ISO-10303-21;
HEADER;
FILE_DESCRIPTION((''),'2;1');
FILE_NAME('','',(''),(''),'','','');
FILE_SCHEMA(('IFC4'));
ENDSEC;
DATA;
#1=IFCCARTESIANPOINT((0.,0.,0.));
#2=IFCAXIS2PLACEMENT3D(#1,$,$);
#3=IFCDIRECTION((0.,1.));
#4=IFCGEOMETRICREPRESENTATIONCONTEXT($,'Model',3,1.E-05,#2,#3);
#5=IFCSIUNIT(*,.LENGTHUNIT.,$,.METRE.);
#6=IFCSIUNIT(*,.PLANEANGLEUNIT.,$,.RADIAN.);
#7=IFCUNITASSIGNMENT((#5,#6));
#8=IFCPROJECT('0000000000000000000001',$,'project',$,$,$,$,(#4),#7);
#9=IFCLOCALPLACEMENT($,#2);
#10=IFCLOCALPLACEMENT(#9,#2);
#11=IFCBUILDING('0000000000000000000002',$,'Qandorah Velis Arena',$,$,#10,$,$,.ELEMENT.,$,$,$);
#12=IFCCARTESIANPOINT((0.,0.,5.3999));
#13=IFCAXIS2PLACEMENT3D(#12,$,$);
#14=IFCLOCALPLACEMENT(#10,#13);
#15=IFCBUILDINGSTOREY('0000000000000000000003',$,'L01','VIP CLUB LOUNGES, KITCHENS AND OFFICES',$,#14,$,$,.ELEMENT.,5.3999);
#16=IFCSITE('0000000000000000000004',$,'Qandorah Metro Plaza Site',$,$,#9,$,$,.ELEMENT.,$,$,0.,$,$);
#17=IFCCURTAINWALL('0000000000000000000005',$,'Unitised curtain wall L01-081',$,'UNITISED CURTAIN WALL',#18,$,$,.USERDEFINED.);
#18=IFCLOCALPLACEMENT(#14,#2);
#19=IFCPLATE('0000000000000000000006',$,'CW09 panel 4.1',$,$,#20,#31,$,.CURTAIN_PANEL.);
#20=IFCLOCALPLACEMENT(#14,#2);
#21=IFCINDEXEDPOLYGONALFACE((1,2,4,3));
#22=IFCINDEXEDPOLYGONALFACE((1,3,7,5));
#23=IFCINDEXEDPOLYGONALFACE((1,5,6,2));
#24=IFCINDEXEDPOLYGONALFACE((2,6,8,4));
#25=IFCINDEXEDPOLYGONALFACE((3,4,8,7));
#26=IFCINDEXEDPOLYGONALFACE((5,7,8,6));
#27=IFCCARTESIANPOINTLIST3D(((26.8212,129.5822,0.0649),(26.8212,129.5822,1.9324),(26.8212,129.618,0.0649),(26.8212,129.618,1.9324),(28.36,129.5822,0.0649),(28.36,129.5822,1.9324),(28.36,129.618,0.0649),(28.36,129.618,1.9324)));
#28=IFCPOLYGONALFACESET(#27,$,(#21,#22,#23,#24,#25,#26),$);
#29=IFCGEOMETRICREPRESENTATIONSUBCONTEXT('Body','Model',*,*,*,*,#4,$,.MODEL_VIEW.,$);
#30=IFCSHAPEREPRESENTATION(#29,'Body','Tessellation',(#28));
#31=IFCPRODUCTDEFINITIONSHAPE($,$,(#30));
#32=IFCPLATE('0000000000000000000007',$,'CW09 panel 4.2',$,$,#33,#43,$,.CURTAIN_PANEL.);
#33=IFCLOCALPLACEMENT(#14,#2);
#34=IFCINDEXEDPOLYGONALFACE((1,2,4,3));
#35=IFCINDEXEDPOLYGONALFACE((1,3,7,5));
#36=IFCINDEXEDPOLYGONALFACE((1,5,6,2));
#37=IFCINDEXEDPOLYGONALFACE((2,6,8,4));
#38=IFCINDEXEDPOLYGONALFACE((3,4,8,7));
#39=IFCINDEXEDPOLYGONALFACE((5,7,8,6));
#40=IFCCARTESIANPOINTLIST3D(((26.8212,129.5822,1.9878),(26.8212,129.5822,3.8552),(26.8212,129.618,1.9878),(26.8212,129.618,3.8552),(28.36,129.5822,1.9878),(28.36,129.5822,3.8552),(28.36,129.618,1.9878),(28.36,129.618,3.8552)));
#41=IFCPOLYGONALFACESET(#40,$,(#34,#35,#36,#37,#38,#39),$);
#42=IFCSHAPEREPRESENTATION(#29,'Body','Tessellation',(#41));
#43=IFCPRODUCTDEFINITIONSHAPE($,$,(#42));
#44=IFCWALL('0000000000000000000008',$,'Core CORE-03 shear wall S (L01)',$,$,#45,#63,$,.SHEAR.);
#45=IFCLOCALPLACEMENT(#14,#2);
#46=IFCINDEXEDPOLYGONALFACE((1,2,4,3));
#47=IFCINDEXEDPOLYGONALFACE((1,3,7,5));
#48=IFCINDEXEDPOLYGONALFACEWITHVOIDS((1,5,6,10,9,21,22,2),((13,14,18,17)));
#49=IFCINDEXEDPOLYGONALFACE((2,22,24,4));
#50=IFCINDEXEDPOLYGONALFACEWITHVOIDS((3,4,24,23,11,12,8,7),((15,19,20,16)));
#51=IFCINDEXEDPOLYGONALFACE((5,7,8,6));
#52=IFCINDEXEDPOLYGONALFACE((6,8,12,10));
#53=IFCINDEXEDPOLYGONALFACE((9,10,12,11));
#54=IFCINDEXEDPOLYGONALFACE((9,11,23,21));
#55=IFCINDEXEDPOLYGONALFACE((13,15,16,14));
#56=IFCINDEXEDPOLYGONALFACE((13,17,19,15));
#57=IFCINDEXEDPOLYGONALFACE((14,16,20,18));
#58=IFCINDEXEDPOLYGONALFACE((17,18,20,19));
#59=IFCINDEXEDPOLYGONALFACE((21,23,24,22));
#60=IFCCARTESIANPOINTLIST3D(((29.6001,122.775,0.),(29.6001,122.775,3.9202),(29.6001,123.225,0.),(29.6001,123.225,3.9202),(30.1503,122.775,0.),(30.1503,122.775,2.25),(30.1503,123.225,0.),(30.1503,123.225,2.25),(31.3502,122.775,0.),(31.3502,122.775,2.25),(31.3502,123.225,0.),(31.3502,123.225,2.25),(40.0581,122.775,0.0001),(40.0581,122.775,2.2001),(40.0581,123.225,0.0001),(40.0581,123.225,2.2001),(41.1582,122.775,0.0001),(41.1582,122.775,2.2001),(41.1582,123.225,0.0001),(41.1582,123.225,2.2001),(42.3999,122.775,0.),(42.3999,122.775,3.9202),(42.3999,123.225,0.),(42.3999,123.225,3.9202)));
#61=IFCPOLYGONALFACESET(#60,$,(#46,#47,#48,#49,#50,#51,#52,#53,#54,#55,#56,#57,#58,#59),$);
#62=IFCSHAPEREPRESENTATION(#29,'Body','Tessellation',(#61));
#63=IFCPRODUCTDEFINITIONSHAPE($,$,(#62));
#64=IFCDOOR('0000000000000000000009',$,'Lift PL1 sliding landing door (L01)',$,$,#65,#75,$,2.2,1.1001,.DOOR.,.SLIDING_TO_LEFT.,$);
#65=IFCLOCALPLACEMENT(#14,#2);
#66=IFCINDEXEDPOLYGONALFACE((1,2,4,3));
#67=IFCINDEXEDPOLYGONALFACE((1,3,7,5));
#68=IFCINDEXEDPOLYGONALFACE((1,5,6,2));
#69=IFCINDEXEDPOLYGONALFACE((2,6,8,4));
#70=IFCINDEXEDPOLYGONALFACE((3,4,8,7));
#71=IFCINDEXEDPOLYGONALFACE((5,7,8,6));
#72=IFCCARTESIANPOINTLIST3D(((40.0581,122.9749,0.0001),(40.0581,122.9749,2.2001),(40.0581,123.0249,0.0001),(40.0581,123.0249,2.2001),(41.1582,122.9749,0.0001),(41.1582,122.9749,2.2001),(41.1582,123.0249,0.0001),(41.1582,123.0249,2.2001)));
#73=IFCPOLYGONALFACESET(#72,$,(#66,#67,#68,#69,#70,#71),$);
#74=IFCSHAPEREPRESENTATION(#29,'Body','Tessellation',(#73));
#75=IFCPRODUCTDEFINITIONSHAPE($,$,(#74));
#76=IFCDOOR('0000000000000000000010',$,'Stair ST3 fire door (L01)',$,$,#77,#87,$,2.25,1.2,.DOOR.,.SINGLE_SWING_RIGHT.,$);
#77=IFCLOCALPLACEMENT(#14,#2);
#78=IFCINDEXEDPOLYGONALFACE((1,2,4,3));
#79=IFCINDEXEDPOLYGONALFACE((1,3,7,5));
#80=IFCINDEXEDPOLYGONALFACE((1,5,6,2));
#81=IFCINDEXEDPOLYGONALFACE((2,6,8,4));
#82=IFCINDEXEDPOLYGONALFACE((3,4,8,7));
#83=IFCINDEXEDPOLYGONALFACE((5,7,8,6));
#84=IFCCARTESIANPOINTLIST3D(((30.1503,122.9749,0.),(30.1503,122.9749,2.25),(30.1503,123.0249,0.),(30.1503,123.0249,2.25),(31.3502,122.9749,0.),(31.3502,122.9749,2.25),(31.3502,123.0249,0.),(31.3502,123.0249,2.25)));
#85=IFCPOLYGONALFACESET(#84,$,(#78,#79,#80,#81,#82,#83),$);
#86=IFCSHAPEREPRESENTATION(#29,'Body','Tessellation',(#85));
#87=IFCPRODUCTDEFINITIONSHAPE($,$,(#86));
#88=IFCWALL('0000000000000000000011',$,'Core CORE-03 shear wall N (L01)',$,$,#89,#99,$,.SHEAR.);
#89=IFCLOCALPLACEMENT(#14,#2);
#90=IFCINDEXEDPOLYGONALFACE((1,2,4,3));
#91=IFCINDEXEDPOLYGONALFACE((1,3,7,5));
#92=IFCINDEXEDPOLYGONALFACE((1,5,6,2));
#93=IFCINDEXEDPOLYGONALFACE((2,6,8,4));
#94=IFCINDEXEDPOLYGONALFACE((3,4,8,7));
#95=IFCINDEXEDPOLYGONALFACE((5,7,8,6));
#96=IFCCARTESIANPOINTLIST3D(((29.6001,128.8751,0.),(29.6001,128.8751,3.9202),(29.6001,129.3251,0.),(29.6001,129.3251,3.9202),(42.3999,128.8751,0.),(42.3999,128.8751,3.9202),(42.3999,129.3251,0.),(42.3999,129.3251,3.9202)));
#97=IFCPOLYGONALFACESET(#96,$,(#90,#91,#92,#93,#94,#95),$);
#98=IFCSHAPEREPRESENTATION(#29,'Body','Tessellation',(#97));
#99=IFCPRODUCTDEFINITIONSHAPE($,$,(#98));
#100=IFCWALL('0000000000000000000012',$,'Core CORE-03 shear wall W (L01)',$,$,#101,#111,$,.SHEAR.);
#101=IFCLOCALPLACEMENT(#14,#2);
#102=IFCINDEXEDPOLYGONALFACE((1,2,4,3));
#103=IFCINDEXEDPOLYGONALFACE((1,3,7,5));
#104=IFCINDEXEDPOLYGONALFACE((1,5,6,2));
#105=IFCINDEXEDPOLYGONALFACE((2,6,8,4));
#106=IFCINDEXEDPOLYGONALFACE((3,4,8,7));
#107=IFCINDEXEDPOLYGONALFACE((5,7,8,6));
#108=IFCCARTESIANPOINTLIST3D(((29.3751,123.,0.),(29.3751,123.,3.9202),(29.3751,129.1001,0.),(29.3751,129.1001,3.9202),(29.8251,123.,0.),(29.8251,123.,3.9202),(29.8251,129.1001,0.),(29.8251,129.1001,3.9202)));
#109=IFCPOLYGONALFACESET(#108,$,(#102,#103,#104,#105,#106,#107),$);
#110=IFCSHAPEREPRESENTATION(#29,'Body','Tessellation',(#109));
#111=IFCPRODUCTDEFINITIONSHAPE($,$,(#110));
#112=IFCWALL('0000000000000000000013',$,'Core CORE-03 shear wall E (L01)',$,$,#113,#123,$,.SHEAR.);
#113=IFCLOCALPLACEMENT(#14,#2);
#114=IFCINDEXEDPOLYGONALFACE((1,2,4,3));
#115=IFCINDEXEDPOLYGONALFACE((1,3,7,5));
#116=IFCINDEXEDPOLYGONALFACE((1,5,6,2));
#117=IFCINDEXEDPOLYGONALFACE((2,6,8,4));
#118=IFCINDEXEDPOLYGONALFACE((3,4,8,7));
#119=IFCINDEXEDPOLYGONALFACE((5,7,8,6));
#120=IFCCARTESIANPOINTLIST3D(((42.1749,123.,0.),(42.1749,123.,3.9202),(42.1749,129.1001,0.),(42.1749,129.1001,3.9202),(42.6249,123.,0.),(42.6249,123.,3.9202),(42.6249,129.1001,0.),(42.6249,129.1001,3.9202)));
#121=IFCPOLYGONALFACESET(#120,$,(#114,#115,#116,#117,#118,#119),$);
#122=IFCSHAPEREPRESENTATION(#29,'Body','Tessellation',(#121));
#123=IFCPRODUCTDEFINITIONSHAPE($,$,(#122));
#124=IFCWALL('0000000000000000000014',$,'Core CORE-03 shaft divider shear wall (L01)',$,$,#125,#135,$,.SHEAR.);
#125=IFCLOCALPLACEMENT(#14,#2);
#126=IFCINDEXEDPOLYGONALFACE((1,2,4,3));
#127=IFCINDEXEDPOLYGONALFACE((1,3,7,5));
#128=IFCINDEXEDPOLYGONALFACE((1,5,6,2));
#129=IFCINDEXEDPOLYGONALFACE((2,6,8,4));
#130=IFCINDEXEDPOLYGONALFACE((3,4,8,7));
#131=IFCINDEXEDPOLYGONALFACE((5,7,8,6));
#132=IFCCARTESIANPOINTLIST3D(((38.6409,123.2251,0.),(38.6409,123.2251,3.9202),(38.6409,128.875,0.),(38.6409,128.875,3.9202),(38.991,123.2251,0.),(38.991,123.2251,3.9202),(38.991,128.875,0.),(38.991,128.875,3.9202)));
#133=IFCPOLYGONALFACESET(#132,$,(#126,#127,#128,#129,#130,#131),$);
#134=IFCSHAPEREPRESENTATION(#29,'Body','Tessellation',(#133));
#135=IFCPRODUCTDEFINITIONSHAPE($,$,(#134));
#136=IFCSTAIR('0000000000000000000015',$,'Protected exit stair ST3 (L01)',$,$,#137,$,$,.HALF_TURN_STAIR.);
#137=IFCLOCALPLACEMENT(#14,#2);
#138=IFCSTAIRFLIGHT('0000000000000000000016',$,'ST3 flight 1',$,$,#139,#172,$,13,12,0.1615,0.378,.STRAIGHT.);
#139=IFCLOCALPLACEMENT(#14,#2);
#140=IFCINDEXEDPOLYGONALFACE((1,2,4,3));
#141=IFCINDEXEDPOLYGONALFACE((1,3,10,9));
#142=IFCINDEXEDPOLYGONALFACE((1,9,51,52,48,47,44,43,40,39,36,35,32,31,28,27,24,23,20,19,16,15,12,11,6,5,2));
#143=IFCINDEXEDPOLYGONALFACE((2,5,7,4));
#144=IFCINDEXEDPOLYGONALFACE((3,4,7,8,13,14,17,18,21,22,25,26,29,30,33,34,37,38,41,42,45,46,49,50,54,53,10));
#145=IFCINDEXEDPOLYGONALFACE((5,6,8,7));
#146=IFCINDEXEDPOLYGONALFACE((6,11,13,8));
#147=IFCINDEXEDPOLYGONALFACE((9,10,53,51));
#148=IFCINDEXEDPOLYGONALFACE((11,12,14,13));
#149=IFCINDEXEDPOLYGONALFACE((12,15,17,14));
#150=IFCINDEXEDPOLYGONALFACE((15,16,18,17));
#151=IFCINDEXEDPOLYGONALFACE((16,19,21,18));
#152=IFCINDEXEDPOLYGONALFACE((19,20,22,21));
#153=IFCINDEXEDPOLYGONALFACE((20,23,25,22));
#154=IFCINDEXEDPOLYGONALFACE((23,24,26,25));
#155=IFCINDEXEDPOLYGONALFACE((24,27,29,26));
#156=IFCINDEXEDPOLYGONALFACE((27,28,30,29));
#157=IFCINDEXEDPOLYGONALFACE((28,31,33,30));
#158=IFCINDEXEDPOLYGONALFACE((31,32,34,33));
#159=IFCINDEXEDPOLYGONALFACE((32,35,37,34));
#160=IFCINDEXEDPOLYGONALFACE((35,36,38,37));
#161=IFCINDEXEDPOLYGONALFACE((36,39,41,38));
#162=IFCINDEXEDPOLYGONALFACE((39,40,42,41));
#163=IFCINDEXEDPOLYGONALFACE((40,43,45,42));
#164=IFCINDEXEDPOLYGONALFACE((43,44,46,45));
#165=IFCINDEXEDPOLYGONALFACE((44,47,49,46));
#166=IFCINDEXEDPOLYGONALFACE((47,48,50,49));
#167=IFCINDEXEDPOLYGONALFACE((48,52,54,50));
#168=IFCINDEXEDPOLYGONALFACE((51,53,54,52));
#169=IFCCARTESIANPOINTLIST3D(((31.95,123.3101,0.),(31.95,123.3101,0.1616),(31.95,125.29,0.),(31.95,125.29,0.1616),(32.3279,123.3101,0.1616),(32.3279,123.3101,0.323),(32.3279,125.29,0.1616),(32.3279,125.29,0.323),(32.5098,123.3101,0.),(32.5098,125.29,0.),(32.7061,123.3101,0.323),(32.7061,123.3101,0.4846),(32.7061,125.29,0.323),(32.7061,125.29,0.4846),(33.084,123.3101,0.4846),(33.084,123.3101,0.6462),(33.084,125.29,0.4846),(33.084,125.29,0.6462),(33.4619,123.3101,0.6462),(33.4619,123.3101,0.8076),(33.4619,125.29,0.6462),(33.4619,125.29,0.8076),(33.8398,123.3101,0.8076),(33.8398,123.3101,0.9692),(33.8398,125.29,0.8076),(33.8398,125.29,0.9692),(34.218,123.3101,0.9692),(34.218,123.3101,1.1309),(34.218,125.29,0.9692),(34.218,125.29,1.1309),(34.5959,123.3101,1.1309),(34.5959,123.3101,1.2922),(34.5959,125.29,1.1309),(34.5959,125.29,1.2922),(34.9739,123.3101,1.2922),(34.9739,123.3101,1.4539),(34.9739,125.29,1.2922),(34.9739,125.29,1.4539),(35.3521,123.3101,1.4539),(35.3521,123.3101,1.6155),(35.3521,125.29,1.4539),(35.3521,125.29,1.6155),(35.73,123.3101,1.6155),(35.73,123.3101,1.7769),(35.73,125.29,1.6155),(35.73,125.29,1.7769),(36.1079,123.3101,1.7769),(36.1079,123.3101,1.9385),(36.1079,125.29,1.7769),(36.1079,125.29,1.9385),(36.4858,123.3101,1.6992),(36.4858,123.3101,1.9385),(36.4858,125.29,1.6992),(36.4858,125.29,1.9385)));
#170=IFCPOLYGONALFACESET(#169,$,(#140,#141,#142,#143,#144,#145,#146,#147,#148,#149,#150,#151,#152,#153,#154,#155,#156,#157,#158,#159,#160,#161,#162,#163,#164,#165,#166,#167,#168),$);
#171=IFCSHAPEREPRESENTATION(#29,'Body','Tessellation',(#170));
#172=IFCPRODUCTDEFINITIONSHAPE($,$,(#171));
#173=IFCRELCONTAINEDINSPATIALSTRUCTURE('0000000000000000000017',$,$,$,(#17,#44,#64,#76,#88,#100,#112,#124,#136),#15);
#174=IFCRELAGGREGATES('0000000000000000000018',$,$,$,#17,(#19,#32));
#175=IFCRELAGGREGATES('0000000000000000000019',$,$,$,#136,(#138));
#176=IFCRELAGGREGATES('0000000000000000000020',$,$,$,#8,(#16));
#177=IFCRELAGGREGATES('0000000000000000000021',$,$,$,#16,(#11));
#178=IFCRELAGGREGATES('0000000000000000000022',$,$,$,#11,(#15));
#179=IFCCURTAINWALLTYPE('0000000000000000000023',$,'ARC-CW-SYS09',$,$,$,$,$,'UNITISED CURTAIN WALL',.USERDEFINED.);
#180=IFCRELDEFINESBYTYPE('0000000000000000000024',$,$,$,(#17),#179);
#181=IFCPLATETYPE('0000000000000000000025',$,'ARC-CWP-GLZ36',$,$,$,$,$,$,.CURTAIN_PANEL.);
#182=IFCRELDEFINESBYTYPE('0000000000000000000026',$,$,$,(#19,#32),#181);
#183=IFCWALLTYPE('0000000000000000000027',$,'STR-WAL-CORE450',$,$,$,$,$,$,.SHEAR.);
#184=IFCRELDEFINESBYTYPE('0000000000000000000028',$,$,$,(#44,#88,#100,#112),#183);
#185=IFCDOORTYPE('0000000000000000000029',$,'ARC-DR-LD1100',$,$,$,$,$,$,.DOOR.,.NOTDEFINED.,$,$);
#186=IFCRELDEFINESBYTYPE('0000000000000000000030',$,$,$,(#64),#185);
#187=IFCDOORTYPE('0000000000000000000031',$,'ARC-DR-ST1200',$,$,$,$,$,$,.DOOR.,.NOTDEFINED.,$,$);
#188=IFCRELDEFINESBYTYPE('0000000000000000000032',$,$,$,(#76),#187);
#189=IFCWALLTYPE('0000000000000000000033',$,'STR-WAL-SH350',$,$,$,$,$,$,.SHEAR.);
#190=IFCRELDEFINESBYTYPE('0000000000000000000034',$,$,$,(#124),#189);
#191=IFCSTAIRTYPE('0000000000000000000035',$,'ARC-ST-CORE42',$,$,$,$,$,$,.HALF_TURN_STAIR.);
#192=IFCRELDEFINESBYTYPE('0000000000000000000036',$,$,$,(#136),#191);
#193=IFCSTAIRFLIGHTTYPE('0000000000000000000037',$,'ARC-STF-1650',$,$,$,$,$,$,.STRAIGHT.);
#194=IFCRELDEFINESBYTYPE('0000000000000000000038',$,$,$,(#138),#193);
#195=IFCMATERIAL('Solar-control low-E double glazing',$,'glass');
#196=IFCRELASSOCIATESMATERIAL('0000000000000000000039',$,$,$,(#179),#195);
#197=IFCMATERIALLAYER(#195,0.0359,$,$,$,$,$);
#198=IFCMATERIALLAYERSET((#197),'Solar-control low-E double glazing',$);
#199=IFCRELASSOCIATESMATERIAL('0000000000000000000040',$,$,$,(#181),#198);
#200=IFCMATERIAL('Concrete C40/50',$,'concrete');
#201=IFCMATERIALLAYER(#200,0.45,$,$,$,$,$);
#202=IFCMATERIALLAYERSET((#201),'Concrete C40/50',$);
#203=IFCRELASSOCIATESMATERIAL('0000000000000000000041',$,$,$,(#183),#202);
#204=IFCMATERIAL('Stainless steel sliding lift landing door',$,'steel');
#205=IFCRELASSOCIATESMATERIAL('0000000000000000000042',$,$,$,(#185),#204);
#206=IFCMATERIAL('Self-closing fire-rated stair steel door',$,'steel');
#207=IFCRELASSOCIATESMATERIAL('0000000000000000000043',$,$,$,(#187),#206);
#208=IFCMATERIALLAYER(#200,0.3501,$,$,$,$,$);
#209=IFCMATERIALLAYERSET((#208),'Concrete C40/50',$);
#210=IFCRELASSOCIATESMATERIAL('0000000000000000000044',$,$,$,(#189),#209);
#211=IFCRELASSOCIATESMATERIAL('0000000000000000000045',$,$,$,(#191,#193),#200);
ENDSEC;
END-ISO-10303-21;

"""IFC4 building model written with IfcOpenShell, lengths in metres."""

from ifc_helpers import new_model, si_unit, direction, frame, frame_2d, origin, origin_2d, place, context, subcontext, project, spatial, polyline, rectangle, outline, extrude, material, layer, layer_set, type_object, element, fill, aggregate, save


model = new_model("IFC4")

# Units and contexts
model_context = context("Model", 3, precision=1e-05, world=origin(), true_north=direction((0.0, 1.0)))
body_context = subcontext(model_context, "Body", "Model", "MODEL_VIEW")
ifc_project = project(units=[si_unit("LENGTHUNIT", "METRE"), si_unit("PLANEANGLEUNIT", "RADIAN")], contexts=[model_context])

# Site, building, storey
site_placement = place(None, origin())
site = spatial("IfcSite", under=ifc_project, at=site_placement, Name="Qandorah Metro Plaza Site", CompositionType="ELEMENT", RefElevation=0.0)
building_placement = place(site_placement, origin())
building = spatial("IfcBuilding", under=site, at=building_placement, Name="Qandorah Velis Arena", CompositionType="ELEMENT")
storey_placement = place(building_placement, frame((0.0, 0.0, 5.3999)))
storey = spatial("IfcBuildingStorey", under=building, at=storey_placement, Name="L01", Description="VIP CLUB LOUNGES, KITCHENS AND OFFICES", CompositionType="ELEMENT", Elevation=5.3999)

# Shared definitions
ifc_material_1 = material(Name="Concrete C40/50", Category="concrete")

# Curtain wall
ifc_material_2 = material(Name="Solar-control low-E double glazing", Category="glass")
curtain_wall_type = type_object("IfcCurtainWallType", Name="ARC-CW-SYS09", ElementType="UNITISED CURTAIN WALL", PredefinedType="USERDEFINED", material=ifc_material_2)
curtain_wall_placement = place(storey_placement, origin())
curtain_wall = element("IfcCurtainWall", 1, at=curtain_wall_placement, inside=storey, type_object=curtain_wall_type, Name="Unitised curtain wall L01-081", ObjectType="UNITISED CURTAIN WALL", PredefinedType="USERDEFINED")

# Plates
ifc_layer_1 = layer(ifc_material_2, 0.0359)
ifc_layer_set_1 = layer_set([ifc_layer_1], Name="Solar-control low-E double glazing")
plate_type = type_object("IfcPlateType", Name="ARC-CWP-GLZ36", PredefinedType="CURTAIN_PANEL", material=ifc_layer_set_1)
plate_1_placement = place(storey_placement, frame((27.5906, 129.6001, 0.0649), z_axis=(0.0, 0.0, 1.0), x_axis=(1.0, 0.0, 0.0)))
plate_1 = element("IfcPlate", 2, at=plate_1_placement, type_object=plate_type, Name="CW09 panel 4.1", PredefinedType="CURTAIN_PANEL", context=body_context, shape_type="SweptSolid", body=[
    extrude(rectangle(XDim=1.5388, YDim=0.0359, at=origin_2d()), origin(), (0.0, 0.0, 1.0), 1.8674),
])
plate_2_placement = place(storey_placement, frame((27.5906, 129.6001, 1.9878), z_axis=(0.0, 0.0, 1.0), x_axis=(1.0, 0.0, 0.0)))
plate_2 = element("IfcPlate", 3, at=plate_2_placement, type_object=plate_type, Name="CW09 panel 4.2", PredefinedType="CURTAIN_PANEL", context=body_context, shape_type="SweptSolid", body=[
    extrude(rectangle(XDim=1.5388, YDim=0.0359, at=origin_2d()), origin(), (0.0, 0.0, 1.0), 1.8674),
])
aggregate(curtain_wall, [plate_1, plate_2])

# Wall, openings, doors
ifc_layer_2 = layer(ifc_material_1, 0.45)
ifc_layer_set_2 = layer_set([ifc_layer_2], Name="Concrete C40/50")
wall_type_1 = type_object("IfcWallType", Name="STR-WAL-CORE450", PredefinedType="SHEAR", material=ifc_layer_set_2)
wall_1_placement = place(storey_placement, frame((29.6001, 123.0, 0.0), z_axis=(0.0, 0.0, 1.0), x_axis=(1.0, 0.0, 0.0)))
wall_1 = element("IfcWall", 4, at=wall_1_placement, inside=storey, type_object=wall_type_1, Name="Core CORE-03 shear wall S (L01)", PredefinedType="SHEAR", context=body_context, shape_type="SweptSolid", body=[
    extrude(rectangle(XDim=12.7998, YDim=0.45, at=frame_2d((6.3999, 0.0))), origin(), (0.0, 0.0, 1.0), 3.9202),
])
opening_1_placement = place(wall_1_placement, frame((0.55, 0.0, 0.0)))
opening_1 = element("IfcOpeningElement", 5, at=opening_1_placement, cuts=wall_1, PredefinedType="OPENING", context=body_context, shape_type="SweptSolid", body=[
    extrude(rectangle(XDim=1.2, YDim=2.25, at=frame_2d((0.6001, 1.125))), frame((0.0, 0.2349, 0.0), z_axis=(0.0, -1.0, 0.0), x_axis=(1.0, 0.0, 0.0)), (0.0, 0.0, 1.0), 0.47),
])
opening_2_placement = place(wall_1_placement, frame((10.458, 0.0, 0.0)))
opening_2 = element("IfcOpeningElement", 6, at=opening_2_placement, cuts=wall_1, PredefinedType="OPENING", context=body_context, shape_type="SweptSolid", body=[
    extrude(rectangle(XDim=1.1001, YDim=2.2, at=frame_2d((0.55, 1.1001))), frame((0.0, 0.2349, 0.0), z_axis=(0.0, -1.0, 0.0), x_axis=(1.0, 0.0, 0.0)), (0.0, 0.0, 1.0), 0.47),
])
ifc_material_3 = material(Name="Stainless steel sliding lift landing door", Category="steel")
door_type_1 = type_object("IfcDoorType", Name="ARC-DR-LD1100", OperationType="NOTDEFINED", PredefinedType="DOOR", material=ifc_material_3)
door_1_placement = place(opening_2_placement, origin())
door_1 = element("IfcDoor", 7, at=door_1_placement, inside=storey, type_object=door_type_1, Name="Lift PL1 sliding landing door (L01)", OperationType="SLIDING_TO_LEFT", OverallHeight=2.2, OverallWidth=1.1001, PredefinedType="DOOR", context=body_context, shape_type="SweptSolid", body=[
    extrude(rectangle(XDim=1.1001, YDim=2.2, at=frame_2d((0.55, 1.1001))), frame((0.0, 0.0249, 0.0), z_axis=(0.0, -1.0, 0.0), x_axis=(1.0, 0.0, 0.0)), (0.0, 0.0, 1.0), 0.05),
])
fill(opening_2, door_1)
ifc_material_4 = material(Name="Self-closing fire-rated stair steel door", Category="steel")
door_type_2 = type_object("IfcDoorType", Name="ARC-DR-ST1200", OperationType="NOTDEFINED", PredefinedType="DOOR", material=ifc_material_4)
door_2_placement = place(opening_1_placement, origin())
door_2 = element("IfcDoor", 8, at=door_2_placement, inside=storey, type_object=door_type_2, Name="Stair ST3 fire door (L01)", OperationType="SINGLE_SWING_RIGHT", OverallHeight=2.25, OverallWidth=1.2, PredefinedType="DOOR", context=body_context, shape_type="SweptSolid", body=[
    extrude(rectangle(XDim=1.2, YDim=2.25, at=frame_2d((0.6001, 1.125))), frame((0.0, 0.0249, 0.0), z_axis=(0.0, -1.0, 0.0), x_axis=(1.0, 0.0, 0.0)), (0.0, 0.0, 1.0), 0.05),
])
fill(opening_1, door_2)

# Walls
wall_2_placement = place(storey_placement, frame((29.6001, 129.1001, 0.0), z_axis=(0.0, 0.0, 1.0), x_axis=(1.0, 0.0, 0.0)))
element("IfcWall", 9, at=wall_2_placement, inside=storey, type_object=wall_type_1, Name="Core CORE-03 shear wall N (L01)", PredefinedType="SHEAR", context=body_context, shape_type="SweptSolid", body=[
    extrude(rectangle(XDim=12.7998, YDim=0.45, at=frame_2d((6.3999, 0.0))), origin(), (0.0, 0.0, 1.0), 3.9202),
])
for number, where, z_axis, x_axis, name in (
    (10, (29.6001, 123.0, 0.0), (0.0, 0.0, 1.0), (0.0, 1.0, 0.0), "Core CORE-03 shear wall W (L01)"),
    (11, (42.3999, 123.0, 0.0), (0.0, 0.0, 1.0), (0.0, 1.0, 0.0), "Core CORE-03 shear wall E (L01)"),
):
    element("IfcWall", number, at=place(storey_placement, frame(where, z_axis=z_axis, x_axis=x_axis)), inside=storey, type_object=wall_type_1, Name=name, PredefinedType="SHEAR", context=body_context, shape_type="SweptSolid", body=[
        extrude(rectangle(XDim=6.1001, YDim=0.45, at=frame_2d((3.05, 0.0))), origin(), (0.0, 0.0, 1.0), 3.9202),
    ])
ifc_layer_3 = layer(ifc_material_1, 0.3501)
ifc_layer_set_3 = layer_set([ifc_layer_3], Name="Concrete C40/50")
wall_type_2 = type_object("IfcWallType", Name="STR-WAL-SH350", PredefinedType="SHEAR", material=ifc_layer_set_3)
wall_3_placement = place(storey_placement, frame((38.8159, 123.2251, 0.0), z_axis=(0.0, 0.0, 1.0), x_axis=(0.0, 1.0, 0.0)))
element("IfcWall", 12, at=wall_3_placement, inside=storey, type_object=wall_type_2, Name="Core CORE-03 shaft divider shear wall (L01)", PredefinedType="SHEAR", context=body_context, shape_type="SweptSolid", body=[
    extrude(rectangle(XDim=5.6499, YDim=0.3501, at=frame_2d((2.825, 0.0))), origin(), (0.0, 0.0, 1.0), 3.9202),
])

# Stair, stair flight
stair_type = type_object("IfcStairType", Name="ARC-ST-CORE42", PredefinedType="HALF_TURN_STAIR", material=ifc_material_1)
stair_placement = place(storey_placement, origin())
stair = element("IfcStair", 13, at=stair_placement, inside=storey, type_object=stair_type, Name="Protected exit stair ST3 (L01)", PredefinedType="HALF_TURN_STAIR")
stair_flight_type = type_object("IfcStairFlightType", Name="ARC-STF-1650", PredefinedType="STRAIGHT", material=ifc_material_1)
stair_flight_1_placement = place(storey_placement, frame((31.95, 124.3, 0.0), z_axis=(0.0, 0.0, 1.0), x_axis=(1.0, 0.0, 0.0)))
stair_flight_1 = element("IfcStairFlight", 14, at=stair_flight_1_placement, type_object=stair_flight_type, Name="ST3 flight 1", NumberOfRisers=13, NumberOfTreads=12, PredefinedType="STRAIGHT", RiserHeight=0.1615, TreadLength=0.378, context=body_context, shape_type="SweptSolid", body=[
    extrude(outline(polyline([(0.0, 0.0), (0.0, 0.1616), (0.3779, 0.1616), (0.3779, 0.323), (0.7561, 0.323), (0.7561, 0.4846), (1.134, 0.4846), (1.134, 0.6462), (1.512, 0.6462), (1.512, 0.8076), (1.8899, 0.8076), (1.8899, 0.9692), (2.2681, 0.9692), (2.2681, 1.1309), (2.646, 1.1309), (2.646, 1.2922), (3.0239, 1.2922), (3.0239, 1.4539), (3.4021, 1.4539), (3.4021, 1.6155), (3.78, 1.6155), (3.78, 1.7769), (4.158, 1.7769), (4.158, 1.9385), (4.5359, 1.9385), (4.5359, 2.1001), (4.5359, 1.6992), (0.5598, 0.0), (0.0, 0.0)])), frame((0.0, 0.99, 0.0), z_axis=(0.0, -1.0, 0.0), x_axis=(1.0, 0.0, 0.0)), (0.0, 0.0, 1.0), 1.98),
])
aggregate(stair, [stair_flight_1])

save(model, "model.ifc")
